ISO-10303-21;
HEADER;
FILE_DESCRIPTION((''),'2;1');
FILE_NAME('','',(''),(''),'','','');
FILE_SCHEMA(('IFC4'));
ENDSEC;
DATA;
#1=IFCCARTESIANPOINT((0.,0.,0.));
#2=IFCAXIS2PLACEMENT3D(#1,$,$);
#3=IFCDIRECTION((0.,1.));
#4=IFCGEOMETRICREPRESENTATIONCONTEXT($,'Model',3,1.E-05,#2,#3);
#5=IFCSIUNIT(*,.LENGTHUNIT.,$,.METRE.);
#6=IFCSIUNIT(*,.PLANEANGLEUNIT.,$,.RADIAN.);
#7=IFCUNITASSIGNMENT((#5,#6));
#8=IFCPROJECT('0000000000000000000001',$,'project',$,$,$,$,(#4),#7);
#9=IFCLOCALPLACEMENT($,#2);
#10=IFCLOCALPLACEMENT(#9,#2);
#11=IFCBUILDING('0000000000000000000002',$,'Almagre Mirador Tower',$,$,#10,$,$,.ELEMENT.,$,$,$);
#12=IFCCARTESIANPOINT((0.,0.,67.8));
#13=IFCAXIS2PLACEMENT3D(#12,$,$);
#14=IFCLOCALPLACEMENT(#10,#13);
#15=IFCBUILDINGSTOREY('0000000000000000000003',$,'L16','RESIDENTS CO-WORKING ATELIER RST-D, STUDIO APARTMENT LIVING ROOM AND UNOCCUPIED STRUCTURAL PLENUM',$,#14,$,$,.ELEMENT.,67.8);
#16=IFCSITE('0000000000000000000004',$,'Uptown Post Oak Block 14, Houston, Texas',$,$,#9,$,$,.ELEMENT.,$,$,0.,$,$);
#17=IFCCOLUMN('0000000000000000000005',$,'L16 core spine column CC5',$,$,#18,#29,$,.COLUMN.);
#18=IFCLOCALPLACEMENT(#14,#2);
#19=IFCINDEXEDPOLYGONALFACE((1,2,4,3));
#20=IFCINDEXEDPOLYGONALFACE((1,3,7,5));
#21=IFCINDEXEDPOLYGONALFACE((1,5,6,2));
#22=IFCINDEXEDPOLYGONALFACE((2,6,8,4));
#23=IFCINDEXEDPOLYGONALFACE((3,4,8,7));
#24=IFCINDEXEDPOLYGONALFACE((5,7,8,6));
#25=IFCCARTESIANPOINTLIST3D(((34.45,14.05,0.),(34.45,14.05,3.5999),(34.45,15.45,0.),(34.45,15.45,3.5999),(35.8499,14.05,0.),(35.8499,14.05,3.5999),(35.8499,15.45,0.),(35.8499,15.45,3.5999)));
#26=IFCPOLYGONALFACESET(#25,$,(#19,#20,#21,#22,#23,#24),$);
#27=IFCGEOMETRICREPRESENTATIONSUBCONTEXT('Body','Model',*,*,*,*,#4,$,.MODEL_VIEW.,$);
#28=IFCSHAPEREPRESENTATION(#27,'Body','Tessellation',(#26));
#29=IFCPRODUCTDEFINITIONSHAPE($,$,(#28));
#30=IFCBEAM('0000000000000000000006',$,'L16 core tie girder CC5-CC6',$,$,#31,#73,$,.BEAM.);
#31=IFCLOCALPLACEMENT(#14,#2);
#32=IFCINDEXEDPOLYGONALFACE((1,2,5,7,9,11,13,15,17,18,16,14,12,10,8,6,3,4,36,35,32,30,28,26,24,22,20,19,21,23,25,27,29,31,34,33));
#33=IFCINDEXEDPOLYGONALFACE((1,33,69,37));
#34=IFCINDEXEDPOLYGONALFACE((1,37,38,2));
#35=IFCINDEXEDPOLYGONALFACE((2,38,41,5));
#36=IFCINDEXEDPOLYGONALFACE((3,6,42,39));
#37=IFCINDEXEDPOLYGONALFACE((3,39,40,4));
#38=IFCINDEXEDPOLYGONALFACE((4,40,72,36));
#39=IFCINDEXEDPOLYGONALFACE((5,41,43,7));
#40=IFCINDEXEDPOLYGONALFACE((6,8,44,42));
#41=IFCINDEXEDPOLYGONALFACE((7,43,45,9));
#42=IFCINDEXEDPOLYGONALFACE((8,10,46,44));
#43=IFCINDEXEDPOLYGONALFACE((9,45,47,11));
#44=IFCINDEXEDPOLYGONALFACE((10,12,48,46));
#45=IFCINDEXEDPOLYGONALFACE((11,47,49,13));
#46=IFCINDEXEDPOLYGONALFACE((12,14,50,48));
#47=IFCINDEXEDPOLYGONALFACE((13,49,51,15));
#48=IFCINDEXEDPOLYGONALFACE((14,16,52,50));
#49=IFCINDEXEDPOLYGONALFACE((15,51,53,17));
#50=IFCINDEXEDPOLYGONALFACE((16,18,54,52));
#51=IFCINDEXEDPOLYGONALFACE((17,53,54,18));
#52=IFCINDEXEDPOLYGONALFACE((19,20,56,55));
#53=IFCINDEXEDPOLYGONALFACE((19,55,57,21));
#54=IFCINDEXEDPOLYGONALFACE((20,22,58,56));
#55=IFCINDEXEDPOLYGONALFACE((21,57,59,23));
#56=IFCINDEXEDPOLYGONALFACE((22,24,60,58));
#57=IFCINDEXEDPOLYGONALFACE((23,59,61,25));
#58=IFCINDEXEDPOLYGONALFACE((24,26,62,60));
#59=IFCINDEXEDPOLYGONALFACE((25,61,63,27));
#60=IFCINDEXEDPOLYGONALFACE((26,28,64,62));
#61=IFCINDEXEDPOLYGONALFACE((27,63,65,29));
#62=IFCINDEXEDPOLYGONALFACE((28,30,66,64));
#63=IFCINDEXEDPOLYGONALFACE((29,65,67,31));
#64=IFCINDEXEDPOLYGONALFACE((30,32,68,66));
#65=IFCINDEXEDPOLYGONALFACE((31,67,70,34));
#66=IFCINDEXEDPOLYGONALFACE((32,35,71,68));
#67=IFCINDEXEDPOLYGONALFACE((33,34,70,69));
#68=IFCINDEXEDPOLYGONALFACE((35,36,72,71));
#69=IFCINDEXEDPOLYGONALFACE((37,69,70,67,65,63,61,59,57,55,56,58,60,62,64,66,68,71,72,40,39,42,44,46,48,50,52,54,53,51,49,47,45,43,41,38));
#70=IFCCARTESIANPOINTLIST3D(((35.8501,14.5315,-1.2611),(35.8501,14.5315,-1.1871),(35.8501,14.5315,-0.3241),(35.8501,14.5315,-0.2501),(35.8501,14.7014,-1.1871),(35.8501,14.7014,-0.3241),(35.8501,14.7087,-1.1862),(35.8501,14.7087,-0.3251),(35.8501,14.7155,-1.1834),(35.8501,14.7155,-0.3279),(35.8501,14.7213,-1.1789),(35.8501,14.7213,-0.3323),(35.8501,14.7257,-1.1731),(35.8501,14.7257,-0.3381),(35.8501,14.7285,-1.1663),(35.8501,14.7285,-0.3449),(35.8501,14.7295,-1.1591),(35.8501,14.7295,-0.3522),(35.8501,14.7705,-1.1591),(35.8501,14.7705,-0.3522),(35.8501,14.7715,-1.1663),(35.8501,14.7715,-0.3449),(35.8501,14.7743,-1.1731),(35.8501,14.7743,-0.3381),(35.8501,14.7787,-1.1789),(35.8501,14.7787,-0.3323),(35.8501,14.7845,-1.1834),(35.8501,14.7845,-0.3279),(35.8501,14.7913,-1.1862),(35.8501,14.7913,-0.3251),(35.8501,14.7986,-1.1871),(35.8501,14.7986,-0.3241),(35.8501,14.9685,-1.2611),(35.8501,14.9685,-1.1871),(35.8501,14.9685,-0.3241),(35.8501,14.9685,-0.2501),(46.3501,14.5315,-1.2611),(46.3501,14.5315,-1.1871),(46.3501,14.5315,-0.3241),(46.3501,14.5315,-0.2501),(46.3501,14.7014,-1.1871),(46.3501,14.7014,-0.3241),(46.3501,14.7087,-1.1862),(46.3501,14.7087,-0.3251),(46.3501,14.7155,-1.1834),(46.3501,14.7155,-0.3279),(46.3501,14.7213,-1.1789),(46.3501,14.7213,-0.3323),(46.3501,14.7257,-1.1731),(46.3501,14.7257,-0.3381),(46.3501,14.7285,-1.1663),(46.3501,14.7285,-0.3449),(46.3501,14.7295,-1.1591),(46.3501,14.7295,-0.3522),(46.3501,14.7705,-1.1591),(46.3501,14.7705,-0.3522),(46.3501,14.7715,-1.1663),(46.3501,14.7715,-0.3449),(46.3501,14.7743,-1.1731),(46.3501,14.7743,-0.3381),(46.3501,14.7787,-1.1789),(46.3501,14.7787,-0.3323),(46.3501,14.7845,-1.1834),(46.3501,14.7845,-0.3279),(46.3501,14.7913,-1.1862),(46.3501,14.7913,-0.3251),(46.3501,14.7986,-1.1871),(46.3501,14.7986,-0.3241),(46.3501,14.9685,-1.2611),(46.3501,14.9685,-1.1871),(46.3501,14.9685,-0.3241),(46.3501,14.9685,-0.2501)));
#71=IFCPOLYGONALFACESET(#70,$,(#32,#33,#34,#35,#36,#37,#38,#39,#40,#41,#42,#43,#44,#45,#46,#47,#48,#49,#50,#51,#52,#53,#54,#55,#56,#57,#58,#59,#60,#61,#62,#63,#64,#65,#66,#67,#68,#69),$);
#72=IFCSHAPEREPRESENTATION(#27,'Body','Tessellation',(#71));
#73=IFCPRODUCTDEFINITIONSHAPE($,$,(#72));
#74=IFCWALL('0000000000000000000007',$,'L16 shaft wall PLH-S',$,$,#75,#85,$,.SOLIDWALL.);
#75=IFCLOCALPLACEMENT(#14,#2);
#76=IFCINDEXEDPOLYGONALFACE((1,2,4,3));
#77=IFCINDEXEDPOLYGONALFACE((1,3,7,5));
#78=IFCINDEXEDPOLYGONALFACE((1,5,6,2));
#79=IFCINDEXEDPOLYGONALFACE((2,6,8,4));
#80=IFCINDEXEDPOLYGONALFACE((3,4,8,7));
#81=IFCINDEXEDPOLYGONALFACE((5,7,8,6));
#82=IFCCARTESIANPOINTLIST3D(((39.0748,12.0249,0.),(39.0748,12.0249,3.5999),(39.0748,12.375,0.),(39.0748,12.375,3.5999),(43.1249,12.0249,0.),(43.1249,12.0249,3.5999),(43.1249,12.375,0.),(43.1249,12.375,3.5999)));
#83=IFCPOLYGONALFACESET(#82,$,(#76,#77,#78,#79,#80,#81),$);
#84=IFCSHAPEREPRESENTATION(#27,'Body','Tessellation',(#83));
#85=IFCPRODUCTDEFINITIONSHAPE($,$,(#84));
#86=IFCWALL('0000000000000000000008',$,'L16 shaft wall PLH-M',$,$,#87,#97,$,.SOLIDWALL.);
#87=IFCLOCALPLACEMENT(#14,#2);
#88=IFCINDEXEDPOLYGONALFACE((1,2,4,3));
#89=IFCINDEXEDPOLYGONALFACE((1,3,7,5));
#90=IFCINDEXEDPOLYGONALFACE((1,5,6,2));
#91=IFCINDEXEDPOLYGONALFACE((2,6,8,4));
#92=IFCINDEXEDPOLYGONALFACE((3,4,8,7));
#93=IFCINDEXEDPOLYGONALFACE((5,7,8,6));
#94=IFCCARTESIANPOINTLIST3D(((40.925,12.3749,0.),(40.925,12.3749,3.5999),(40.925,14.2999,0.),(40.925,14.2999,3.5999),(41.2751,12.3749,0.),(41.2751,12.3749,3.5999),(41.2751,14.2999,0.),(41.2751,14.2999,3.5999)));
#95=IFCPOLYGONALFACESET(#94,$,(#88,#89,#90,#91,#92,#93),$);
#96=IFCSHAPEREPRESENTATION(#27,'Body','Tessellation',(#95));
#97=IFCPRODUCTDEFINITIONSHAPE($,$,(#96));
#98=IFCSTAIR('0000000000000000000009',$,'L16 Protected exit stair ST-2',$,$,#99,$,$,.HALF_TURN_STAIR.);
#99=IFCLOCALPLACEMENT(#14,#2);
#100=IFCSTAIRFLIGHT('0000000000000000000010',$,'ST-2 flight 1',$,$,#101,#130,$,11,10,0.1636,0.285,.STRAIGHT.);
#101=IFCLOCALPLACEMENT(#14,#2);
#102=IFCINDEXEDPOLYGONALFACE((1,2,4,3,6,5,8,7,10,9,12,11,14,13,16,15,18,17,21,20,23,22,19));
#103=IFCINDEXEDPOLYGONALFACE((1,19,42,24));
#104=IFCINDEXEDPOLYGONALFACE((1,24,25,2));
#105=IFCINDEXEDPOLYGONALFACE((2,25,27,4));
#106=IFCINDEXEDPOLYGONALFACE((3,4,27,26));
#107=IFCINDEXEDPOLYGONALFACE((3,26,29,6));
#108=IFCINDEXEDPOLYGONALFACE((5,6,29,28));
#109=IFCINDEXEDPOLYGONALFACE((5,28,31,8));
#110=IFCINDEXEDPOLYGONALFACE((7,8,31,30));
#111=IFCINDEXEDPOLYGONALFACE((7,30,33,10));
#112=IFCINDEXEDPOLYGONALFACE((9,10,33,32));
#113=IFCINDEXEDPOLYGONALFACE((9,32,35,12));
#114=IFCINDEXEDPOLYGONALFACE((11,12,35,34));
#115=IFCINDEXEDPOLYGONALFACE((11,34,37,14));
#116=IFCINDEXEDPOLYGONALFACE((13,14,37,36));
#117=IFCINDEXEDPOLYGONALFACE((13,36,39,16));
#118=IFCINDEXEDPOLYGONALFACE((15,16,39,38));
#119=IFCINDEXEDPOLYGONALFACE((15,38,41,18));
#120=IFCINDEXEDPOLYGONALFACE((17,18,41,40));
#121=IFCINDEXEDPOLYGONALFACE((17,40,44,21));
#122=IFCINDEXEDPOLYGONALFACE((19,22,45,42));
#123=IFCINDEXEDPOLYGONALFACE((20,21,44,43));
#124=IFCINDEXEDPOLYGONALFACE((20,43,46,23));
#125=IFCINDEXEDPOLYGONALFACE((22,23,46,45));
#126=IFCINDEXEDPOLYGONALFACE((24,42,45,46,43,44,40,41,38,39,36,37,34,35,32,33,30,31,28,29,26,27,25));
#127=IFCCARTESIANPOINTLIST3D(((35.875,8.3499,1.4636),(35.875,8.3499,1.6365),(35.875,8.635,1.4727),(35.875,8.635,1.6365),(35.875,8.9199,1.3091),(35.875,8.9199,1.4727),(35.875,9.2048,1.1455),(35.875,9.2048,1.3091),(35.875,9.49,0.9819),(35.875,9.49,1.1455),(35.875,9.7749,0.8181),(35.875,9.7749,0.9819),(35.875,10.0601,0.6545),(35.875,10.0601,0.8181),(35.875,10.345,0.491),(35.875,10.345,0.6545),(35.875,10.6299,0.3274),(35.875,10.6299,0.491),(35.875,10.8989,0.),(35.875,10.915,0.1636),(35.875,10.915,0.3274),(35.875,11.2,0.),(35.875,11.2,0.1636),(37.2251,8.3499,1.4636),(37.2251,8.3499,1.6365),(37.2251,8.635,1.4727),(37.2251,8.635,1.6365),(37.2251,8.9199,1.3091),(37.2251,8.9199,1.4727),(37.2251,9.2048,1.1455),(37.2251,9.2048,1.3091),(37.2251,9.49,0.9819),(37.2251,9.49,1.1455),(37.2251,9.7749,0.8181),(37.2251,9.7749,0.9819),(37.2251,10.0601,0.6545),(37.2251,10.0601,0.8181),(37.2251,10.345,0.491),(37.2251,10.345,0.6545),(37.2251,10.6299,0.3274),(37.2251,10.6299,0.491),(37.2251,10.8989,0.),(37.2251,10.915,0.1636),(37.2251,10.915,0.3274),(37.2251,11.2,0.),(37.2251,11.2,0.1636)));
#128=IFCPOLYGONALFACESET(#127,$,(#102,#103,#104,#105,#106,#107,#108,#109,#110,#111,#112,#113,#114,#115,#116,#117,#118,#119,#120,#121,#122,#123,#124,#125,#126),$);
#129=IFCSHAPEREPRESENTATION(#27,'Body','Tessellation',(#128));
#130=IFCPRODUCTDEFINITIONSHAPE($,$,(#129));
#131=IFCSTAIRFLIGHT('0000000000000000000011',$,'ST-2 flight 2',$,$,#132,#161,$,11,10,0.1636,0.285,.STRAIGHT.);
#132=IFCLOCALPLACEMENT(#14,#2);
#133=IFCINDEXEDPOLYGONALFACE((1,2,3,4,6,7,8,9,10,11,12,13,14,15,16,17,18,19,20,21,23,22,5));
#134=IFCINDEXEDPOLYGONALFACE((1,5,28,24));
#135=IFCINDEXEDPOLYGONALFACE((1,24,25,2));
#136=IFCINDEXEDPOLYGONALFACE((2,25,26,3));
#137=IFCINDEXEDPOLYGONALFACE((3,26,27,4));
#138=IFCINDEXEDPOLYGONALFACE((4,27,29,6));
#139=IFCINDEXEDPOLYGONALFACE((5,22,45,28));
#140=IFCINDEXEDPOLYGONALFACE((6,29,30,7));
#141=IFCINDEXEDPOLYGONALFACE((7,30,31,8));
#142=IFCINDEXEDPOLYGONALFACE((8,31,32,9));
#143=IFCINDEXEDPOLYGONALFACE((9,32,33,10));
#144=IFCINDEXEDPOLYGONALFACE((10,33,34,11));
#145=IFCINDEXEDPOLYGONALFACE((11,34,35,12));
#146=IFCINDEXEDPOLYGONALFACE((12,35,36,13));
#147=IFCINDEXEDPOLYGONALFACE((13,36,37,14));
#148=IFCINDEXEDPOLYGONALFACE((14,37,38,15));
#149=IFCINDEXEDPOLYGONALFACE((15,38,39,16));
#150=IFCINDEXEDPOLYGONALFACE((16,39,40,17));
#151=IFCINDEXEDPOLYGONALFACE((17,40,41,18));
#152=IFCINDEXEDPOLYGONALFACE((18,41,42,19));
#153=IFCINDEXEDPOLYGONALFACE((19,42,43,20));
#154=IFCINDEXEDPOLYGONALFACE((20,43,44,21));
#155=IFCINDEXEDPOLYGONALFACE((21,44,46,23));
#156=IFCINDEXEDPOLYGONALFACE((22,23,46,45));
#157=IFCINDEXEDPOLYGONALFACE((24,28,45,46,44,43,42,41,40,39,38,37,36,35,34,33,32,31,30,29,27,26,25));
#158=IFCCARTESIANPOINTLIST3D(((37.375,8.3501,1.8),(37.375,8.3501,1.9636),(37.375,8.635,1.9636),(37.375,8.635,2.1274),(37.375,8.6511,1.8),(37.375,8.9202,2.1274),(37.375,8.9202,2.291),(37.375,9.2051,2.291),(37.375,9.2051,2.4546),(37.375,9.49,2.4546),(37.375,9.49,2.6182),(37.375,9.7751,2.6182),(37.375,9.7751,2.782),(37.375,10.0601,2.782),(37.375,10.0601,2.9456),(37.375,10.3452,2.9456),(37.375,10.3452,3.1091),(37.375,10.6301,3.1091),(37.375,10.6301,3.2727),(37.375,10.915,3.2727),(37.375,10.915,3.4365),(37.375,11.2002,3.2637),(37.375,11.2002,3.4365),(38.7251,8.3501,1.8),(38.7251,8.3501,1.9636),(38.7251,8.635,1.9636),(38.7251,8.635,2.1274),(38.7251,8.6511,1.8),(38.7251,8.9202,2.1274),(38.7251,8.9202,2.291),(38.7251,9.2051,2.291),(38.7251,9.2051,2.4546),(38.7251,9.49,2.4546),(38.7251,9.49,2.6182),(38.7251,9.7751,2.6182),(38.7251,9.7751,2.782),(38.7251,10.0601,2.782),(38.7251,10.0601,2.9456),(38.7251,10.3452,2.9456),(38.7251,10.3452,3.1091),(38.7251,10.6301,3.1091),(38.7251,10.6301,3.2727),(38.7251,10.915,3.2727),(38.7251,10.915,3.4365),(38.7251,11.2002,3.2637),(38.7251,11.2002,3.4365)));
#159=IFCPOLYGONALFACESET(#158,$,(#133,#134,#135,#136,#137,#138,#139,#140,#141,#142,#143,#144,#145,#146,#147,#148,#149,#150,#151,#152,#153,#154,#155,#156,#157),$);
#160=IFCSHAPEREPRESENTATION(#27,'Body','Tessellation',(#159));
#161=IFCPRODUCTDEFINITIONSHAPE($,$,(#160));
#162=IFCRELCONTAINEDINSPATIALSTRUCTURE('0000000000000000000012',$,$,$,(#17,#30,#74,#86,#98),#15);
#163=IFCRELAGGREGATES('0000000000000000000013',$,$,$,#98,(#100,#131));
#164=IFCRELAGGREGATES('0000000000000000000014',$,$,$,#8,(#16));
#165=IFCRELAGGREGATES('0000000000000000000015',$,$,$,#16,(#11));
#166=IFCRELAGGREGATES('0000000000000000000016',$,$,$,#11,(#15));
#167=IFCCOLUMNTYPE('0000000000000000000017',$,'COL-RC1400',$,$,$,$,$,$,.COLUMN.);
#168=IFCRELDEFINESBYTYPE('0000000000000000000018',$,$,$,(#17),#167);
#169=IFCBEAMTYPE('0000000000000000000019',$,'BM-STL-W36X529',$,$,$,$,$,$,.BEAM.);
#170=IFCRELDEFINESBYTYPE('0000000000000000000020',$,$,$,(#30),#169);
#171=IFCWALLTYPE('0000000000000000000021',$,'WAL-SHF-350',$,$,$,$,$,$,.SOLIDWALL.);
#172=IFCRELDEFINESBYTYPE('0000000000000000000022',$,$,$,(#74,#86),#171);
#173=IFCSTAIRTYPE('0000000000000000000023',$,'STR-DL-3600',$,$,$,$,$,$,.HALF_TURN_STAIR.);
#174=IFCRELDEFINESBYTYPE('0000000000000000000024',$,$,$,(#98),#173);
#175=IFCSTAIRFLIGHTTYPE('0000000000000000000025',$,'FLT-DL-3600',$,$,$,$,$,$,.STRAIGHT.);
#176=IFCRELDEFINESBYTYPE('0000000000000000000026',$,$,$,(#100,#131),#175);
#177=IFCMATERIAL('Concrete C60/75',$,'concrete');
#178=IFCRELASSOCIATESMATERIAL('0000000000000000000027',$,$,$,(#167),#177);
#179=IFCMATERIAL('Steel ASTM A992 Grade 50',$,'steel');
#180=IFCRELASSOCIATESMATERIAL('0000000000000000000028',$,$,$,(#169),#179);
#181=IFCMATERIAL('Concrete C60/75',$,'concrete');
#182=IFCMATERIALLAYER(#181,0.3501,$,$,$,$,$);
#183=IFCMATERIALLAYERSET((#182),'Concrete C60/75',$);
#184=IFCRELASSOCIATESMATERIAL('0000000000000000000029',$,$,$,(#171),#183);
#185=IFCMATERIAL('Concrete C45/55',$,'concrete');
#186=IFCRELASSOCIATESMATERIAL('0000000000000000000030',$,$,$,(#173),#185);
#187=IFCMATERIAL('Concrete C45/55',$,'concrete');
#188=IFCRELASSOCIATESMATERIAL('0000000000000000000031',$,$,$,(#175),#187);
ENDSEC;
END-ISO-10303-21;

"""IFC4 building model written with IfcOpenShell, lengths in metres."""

from ifc_helpers import new_model, si_unit, direction, frame, frame_2d, origin, origin_2d, place, context, subcontext, project, spatial, polyline, rectangle, i_section, outline, extrude, material, layer, layer_set, material_profile, profile_set, type_object, element, aggregate, save


model = new_model("IFC4")

# Units and contexts
model_context = context("Model", 3, precision=1e-05, world=origin(), true_north=direction((0.0, 1.0)))
body_context = subcontext(model_context, "Body", "Model", "MODEL_VIEW")
ifc_project = project(units=[si_unit("LENGTHUNIT", "METRE"), si_unit("PLANEANGLEUNIT", "RADIAN")], contexts=[model_context])

# Site, building, storey
site_placement = place(None, origin())
site = spatial("IfcSite", under=ifc_project, at=site_placement, Name="Uptown Post Oak Block 14, Houston, Texas", CompositionType="ELEMENT", RefElevation=0.0)
building_placement = place(site_placement, origin())
building = spatial("IfcBuilding", under=site, at=building_placement, Name="Almagre Mirador Tower", CompositionType="ELEMENT")
storey_placement = place(building_placement, frame((0.0, 0.0, 67.8)))
storey = spatial("IfcBuildingStorey", under=building, at=storey_placement, Name="L16", Description="RESIDENTS CO-WORKING ATELIER RST-D, STUDIO APARTMENT LIVING ROOM AND UNOCCUPIED STRUCTURAL PLENUM", CompositionType="ELEMENT", Elevation=67.8)

# Column
ifc_material_1 = material(Name="Concrete C60/75", Category="concrete")
ifc_material_profile_1 = material_profile(ifc_material_1, rectangle(XDim=1.3999, YDim=1.3999, at=origin_2d()), Name="RC1400X1400")
ifc_profile_set_1 = profile_set([ifc_material_profile_1], Name="Concrete C60/75")
column_type = type_object("IfcColumnType", Name="COL-RC1400", PredefinedType="COLUMN", material=ifc_profile_set_1)
column_placement = place(storey_placement, frame((35.1499, 14.75, 0.0), z_axis=(0.0, 0.0, 1.0), x_axis=(1.0, 0.0, 0.0)))
element("IfcColumn", 1, at=column_placement, inside=storey, type_object=column_type, Name="L16 core spine column CC5", PredefinedType="COLUMN", context=body_context, shape_type="SweptSolid", body=[
    extrude(rectangle(XDim=1.3999, YDim=1.3999, at=origin_2d()), origin(), (0.0, 0.0, 1.0), 3.5999),
])

# Beam
ifc_material_2 = material(Name="Steel ASTM A992 Grade 50", Category="steel")
ifc_material_profile_2 = material_profile(ifc_material_2, i_section(OverallWidth=0.437, OverallDepth=1.011, WebThickness=0.041, FlangeThickness=0.074, FilletRadius=0.0281, at=origin_2d()), Name="W36X529")
ifc_profile_set_2 = profile_set([ifc_material_profile_2], Name="Steel ASTM A992 Grade 50")
beam_type = type_object("IfcBeamType", Name="BM-STL-W36X529", PredefinedType="BEAM", material=ifc_profile_set_2)
beam_placement = place(storey_placement, frame((35.8501, 14.75, -0.7556), z_axis=(1.0, 0.0, 0.0), x_axis=(0.0, 1.0, 0.0)))
element("IfcBeam", 2, at=beam_placement, inside=storey, type_object=beam_type, Name="L16 core tie girder CC5-CC6", PredefinedType="BEAM", context=body_context, shape_type="SweptSolid", body=[
    extrude(i_section(OverallWidth=0.437, OverallDepth=1.011, WebThickness=0.041, FlangeThickness=0.074, FilletRadius=0.0281, at=origin_2d()), origin(), (0.0, 0.0, 1.0), 10.5),
])

# Walls
ifc_material_3 = material(Name="Concrete C60/75", Category="concrete")
ifc_layer_1 = layer(ifc_material_3, 0.3501)
ifc_layer_set_1 = layer_set([ifc_layer_1], Name="Concrete C60/75")
wall_type_1 = type_object("IfcWallType", Name="WAL-SHF-350", PredefinedType="SOLIDWALL", material=ifc_layer_set_1)
wall_1_placement = place(storey_placement, frame((39.075, 12.2, 0.0), z_axis=(0.0, 0.0, 1.0), x_axis=(1.0, 0.0, 0.0)))
element("IfcWall", 3, at=wall_1_placement, inside=storey, type_object=wall_type_1, Name="L16 shaft wall PLH-S", PredefinedType="SOLIDWALL", context=body_context, shape_type="SweptSolid", body=[
    extrude(rectangle(XDim=4.05, YDim=0.3501, at=frame_2d((2.0249, 0.0))), origin(), (0.0, 0.0, 1.0), 3.5999),
])
wall_2_placement = place(storey_placement, frame((41.1001, 12.375, 0.0), z_axis=(0.0, 0.0, 1.0), x_axis=(0.0, 1.0, 0.0)))
element("IfcWall", 4, at=wall_2_placement, inside=storey, type_object=wall_type_1, Name="L16 shaft wall PLH-M", PredefinedType="SOLIDWALL", context=body_context, shape_type="SweptSolid", body=[
    extrude(rectangle(XDim=1.925, YDim=0.3501, at=frame_2d((0.9624, 0.0))), origin(), (0.0, 0.0, 1.0), 3.5999),
])

# Stair, stair flights
ifc_material_4 = material(Name="Concrete C45/55", Category="concrete")
stair_type = type_object("IfcStairType", Name="STR-DL-3600", PredefinedType="HALF_TURN_STAIR", material=ifc_material_4)
stair_1_placement = place(storey_placement, origin())
stair_1 = element("IfcStair", 5, at=stair_1_placement, inside=storey, type_object=stair_type, Name="L16 Protected exit stair ST-2", PredefinedType="HALF_TURN_STAIR")
ifc_material_5 = material(Name="Concrete C45/55", Category="concrete")
stair_flight_type = type_object("IfcStairFlightType", Name="FLT-DL-3600", PredefinedType="STRAIGHT", material=ifc_material_5)
stair_flight_1_placement = place(storey_placement, frame((36.55, 11.2, 0.0), z_axis=(0.0, 0.0, 1.0), x_axis=(0.0, -1.0, 0.0)))
stair_flight_1 = element("IfcStairFlight", 6, at=stair_flight_1_placement, type_object=stair_flight_type, Name="ST-2 flight 1", NumberOfRisers=11, NumberOfTreads=10, PredefinedType="STRAIGHT", RiserHeight=0.1636, TreadLength=0.285, context=body_context, shape_type="SweptSolid", body=[
    extrude(outline(polyline([(0.0, 0.0), (0.0, 0.1636), (0.2849, 0.1636), (0.2849, 0.3274), (0.5701, 0.3274), (0.5701, 0.491), (0.855, 0.491), (0.855, 0.6545), (1.1399, 0.6545), (1.1399, 0.8181), (1.425, 0.8181), (1.425, 0.9819), (1.71, 0.9819), (1.71, 1.1455), (1.9951, 1.1455), (1.9951, 1.3091), (2.28, 1.3091), (2.28, 1.4727), (2.5649, 1.4727), (2.5649, 1.6365), (2.8501, 1.6365), (2.8501, 1.8), (2.8501, 1.4636), (0.301, 0.0), (0.0, 0.0)])), frame((0.0, 0.675, 0.0), z_axis=(0.0, -1.0, 0.0), x_axis=(1.0, 0.0, 0.0)), (0.0, 0.0, 1.0), 1.3501),
])
stair_flight_2_placement = place(storey_placement, frame((38.05, 8.3501, 1.8), z_axis=(0.0, 0.0, 1.0), x_axis=(0.0, 1.0, 0.0)))
stair_flight_2 = element("IfcStairFlight", 7, at=stair_flight_2_placement, type_object=stair_flight_type, Name="ST-2 flight 2", NumberOfRisers=11, NumberOfTreads=10, PredefinedType="STRAIGHT", RiserHeight=0.1636, TreadLength=0.285, context=body_context, shape_type="SweptSolid", body=[
    extrude(outline(polyline([(0.0, 0.0), (0.0, 0.1636), (0.2849, 0.1636), (0.2849, 0.3274), (0.5701, 0.3274), (0.5701, 0.491), (0.855, 0.491), (0.855, 0.6545), (1.1399, 0.6545), (1.1399, 0.8181), (1.425, 0.8181), (1.425, 0.9819), (1.71, 0.9819), (1.71, 1.1455), (1.9951, 1.1455), (1.9951, 1.3091), (2.28, 1.3091), (2.28, 1.4727), (2.5649, 1.4727), (2.5649, 1.6365), (2.8501, 1.6365), (2.8501, 1.8), (2.8501, 1.4636), (0.301, 0.0), (0.0, 0.0)])), frame((0.0, 0.675, 0.0), z_axis=(0.0, -1.0, 0.0), x_axis=(1.0, 0.0, 0.0)), (0.0, 0.0, 1.0), 1.3501),
])
aggregate(stair_1, [stair_flight_1, stair_flight_2])

save(model, "model.ifc")
